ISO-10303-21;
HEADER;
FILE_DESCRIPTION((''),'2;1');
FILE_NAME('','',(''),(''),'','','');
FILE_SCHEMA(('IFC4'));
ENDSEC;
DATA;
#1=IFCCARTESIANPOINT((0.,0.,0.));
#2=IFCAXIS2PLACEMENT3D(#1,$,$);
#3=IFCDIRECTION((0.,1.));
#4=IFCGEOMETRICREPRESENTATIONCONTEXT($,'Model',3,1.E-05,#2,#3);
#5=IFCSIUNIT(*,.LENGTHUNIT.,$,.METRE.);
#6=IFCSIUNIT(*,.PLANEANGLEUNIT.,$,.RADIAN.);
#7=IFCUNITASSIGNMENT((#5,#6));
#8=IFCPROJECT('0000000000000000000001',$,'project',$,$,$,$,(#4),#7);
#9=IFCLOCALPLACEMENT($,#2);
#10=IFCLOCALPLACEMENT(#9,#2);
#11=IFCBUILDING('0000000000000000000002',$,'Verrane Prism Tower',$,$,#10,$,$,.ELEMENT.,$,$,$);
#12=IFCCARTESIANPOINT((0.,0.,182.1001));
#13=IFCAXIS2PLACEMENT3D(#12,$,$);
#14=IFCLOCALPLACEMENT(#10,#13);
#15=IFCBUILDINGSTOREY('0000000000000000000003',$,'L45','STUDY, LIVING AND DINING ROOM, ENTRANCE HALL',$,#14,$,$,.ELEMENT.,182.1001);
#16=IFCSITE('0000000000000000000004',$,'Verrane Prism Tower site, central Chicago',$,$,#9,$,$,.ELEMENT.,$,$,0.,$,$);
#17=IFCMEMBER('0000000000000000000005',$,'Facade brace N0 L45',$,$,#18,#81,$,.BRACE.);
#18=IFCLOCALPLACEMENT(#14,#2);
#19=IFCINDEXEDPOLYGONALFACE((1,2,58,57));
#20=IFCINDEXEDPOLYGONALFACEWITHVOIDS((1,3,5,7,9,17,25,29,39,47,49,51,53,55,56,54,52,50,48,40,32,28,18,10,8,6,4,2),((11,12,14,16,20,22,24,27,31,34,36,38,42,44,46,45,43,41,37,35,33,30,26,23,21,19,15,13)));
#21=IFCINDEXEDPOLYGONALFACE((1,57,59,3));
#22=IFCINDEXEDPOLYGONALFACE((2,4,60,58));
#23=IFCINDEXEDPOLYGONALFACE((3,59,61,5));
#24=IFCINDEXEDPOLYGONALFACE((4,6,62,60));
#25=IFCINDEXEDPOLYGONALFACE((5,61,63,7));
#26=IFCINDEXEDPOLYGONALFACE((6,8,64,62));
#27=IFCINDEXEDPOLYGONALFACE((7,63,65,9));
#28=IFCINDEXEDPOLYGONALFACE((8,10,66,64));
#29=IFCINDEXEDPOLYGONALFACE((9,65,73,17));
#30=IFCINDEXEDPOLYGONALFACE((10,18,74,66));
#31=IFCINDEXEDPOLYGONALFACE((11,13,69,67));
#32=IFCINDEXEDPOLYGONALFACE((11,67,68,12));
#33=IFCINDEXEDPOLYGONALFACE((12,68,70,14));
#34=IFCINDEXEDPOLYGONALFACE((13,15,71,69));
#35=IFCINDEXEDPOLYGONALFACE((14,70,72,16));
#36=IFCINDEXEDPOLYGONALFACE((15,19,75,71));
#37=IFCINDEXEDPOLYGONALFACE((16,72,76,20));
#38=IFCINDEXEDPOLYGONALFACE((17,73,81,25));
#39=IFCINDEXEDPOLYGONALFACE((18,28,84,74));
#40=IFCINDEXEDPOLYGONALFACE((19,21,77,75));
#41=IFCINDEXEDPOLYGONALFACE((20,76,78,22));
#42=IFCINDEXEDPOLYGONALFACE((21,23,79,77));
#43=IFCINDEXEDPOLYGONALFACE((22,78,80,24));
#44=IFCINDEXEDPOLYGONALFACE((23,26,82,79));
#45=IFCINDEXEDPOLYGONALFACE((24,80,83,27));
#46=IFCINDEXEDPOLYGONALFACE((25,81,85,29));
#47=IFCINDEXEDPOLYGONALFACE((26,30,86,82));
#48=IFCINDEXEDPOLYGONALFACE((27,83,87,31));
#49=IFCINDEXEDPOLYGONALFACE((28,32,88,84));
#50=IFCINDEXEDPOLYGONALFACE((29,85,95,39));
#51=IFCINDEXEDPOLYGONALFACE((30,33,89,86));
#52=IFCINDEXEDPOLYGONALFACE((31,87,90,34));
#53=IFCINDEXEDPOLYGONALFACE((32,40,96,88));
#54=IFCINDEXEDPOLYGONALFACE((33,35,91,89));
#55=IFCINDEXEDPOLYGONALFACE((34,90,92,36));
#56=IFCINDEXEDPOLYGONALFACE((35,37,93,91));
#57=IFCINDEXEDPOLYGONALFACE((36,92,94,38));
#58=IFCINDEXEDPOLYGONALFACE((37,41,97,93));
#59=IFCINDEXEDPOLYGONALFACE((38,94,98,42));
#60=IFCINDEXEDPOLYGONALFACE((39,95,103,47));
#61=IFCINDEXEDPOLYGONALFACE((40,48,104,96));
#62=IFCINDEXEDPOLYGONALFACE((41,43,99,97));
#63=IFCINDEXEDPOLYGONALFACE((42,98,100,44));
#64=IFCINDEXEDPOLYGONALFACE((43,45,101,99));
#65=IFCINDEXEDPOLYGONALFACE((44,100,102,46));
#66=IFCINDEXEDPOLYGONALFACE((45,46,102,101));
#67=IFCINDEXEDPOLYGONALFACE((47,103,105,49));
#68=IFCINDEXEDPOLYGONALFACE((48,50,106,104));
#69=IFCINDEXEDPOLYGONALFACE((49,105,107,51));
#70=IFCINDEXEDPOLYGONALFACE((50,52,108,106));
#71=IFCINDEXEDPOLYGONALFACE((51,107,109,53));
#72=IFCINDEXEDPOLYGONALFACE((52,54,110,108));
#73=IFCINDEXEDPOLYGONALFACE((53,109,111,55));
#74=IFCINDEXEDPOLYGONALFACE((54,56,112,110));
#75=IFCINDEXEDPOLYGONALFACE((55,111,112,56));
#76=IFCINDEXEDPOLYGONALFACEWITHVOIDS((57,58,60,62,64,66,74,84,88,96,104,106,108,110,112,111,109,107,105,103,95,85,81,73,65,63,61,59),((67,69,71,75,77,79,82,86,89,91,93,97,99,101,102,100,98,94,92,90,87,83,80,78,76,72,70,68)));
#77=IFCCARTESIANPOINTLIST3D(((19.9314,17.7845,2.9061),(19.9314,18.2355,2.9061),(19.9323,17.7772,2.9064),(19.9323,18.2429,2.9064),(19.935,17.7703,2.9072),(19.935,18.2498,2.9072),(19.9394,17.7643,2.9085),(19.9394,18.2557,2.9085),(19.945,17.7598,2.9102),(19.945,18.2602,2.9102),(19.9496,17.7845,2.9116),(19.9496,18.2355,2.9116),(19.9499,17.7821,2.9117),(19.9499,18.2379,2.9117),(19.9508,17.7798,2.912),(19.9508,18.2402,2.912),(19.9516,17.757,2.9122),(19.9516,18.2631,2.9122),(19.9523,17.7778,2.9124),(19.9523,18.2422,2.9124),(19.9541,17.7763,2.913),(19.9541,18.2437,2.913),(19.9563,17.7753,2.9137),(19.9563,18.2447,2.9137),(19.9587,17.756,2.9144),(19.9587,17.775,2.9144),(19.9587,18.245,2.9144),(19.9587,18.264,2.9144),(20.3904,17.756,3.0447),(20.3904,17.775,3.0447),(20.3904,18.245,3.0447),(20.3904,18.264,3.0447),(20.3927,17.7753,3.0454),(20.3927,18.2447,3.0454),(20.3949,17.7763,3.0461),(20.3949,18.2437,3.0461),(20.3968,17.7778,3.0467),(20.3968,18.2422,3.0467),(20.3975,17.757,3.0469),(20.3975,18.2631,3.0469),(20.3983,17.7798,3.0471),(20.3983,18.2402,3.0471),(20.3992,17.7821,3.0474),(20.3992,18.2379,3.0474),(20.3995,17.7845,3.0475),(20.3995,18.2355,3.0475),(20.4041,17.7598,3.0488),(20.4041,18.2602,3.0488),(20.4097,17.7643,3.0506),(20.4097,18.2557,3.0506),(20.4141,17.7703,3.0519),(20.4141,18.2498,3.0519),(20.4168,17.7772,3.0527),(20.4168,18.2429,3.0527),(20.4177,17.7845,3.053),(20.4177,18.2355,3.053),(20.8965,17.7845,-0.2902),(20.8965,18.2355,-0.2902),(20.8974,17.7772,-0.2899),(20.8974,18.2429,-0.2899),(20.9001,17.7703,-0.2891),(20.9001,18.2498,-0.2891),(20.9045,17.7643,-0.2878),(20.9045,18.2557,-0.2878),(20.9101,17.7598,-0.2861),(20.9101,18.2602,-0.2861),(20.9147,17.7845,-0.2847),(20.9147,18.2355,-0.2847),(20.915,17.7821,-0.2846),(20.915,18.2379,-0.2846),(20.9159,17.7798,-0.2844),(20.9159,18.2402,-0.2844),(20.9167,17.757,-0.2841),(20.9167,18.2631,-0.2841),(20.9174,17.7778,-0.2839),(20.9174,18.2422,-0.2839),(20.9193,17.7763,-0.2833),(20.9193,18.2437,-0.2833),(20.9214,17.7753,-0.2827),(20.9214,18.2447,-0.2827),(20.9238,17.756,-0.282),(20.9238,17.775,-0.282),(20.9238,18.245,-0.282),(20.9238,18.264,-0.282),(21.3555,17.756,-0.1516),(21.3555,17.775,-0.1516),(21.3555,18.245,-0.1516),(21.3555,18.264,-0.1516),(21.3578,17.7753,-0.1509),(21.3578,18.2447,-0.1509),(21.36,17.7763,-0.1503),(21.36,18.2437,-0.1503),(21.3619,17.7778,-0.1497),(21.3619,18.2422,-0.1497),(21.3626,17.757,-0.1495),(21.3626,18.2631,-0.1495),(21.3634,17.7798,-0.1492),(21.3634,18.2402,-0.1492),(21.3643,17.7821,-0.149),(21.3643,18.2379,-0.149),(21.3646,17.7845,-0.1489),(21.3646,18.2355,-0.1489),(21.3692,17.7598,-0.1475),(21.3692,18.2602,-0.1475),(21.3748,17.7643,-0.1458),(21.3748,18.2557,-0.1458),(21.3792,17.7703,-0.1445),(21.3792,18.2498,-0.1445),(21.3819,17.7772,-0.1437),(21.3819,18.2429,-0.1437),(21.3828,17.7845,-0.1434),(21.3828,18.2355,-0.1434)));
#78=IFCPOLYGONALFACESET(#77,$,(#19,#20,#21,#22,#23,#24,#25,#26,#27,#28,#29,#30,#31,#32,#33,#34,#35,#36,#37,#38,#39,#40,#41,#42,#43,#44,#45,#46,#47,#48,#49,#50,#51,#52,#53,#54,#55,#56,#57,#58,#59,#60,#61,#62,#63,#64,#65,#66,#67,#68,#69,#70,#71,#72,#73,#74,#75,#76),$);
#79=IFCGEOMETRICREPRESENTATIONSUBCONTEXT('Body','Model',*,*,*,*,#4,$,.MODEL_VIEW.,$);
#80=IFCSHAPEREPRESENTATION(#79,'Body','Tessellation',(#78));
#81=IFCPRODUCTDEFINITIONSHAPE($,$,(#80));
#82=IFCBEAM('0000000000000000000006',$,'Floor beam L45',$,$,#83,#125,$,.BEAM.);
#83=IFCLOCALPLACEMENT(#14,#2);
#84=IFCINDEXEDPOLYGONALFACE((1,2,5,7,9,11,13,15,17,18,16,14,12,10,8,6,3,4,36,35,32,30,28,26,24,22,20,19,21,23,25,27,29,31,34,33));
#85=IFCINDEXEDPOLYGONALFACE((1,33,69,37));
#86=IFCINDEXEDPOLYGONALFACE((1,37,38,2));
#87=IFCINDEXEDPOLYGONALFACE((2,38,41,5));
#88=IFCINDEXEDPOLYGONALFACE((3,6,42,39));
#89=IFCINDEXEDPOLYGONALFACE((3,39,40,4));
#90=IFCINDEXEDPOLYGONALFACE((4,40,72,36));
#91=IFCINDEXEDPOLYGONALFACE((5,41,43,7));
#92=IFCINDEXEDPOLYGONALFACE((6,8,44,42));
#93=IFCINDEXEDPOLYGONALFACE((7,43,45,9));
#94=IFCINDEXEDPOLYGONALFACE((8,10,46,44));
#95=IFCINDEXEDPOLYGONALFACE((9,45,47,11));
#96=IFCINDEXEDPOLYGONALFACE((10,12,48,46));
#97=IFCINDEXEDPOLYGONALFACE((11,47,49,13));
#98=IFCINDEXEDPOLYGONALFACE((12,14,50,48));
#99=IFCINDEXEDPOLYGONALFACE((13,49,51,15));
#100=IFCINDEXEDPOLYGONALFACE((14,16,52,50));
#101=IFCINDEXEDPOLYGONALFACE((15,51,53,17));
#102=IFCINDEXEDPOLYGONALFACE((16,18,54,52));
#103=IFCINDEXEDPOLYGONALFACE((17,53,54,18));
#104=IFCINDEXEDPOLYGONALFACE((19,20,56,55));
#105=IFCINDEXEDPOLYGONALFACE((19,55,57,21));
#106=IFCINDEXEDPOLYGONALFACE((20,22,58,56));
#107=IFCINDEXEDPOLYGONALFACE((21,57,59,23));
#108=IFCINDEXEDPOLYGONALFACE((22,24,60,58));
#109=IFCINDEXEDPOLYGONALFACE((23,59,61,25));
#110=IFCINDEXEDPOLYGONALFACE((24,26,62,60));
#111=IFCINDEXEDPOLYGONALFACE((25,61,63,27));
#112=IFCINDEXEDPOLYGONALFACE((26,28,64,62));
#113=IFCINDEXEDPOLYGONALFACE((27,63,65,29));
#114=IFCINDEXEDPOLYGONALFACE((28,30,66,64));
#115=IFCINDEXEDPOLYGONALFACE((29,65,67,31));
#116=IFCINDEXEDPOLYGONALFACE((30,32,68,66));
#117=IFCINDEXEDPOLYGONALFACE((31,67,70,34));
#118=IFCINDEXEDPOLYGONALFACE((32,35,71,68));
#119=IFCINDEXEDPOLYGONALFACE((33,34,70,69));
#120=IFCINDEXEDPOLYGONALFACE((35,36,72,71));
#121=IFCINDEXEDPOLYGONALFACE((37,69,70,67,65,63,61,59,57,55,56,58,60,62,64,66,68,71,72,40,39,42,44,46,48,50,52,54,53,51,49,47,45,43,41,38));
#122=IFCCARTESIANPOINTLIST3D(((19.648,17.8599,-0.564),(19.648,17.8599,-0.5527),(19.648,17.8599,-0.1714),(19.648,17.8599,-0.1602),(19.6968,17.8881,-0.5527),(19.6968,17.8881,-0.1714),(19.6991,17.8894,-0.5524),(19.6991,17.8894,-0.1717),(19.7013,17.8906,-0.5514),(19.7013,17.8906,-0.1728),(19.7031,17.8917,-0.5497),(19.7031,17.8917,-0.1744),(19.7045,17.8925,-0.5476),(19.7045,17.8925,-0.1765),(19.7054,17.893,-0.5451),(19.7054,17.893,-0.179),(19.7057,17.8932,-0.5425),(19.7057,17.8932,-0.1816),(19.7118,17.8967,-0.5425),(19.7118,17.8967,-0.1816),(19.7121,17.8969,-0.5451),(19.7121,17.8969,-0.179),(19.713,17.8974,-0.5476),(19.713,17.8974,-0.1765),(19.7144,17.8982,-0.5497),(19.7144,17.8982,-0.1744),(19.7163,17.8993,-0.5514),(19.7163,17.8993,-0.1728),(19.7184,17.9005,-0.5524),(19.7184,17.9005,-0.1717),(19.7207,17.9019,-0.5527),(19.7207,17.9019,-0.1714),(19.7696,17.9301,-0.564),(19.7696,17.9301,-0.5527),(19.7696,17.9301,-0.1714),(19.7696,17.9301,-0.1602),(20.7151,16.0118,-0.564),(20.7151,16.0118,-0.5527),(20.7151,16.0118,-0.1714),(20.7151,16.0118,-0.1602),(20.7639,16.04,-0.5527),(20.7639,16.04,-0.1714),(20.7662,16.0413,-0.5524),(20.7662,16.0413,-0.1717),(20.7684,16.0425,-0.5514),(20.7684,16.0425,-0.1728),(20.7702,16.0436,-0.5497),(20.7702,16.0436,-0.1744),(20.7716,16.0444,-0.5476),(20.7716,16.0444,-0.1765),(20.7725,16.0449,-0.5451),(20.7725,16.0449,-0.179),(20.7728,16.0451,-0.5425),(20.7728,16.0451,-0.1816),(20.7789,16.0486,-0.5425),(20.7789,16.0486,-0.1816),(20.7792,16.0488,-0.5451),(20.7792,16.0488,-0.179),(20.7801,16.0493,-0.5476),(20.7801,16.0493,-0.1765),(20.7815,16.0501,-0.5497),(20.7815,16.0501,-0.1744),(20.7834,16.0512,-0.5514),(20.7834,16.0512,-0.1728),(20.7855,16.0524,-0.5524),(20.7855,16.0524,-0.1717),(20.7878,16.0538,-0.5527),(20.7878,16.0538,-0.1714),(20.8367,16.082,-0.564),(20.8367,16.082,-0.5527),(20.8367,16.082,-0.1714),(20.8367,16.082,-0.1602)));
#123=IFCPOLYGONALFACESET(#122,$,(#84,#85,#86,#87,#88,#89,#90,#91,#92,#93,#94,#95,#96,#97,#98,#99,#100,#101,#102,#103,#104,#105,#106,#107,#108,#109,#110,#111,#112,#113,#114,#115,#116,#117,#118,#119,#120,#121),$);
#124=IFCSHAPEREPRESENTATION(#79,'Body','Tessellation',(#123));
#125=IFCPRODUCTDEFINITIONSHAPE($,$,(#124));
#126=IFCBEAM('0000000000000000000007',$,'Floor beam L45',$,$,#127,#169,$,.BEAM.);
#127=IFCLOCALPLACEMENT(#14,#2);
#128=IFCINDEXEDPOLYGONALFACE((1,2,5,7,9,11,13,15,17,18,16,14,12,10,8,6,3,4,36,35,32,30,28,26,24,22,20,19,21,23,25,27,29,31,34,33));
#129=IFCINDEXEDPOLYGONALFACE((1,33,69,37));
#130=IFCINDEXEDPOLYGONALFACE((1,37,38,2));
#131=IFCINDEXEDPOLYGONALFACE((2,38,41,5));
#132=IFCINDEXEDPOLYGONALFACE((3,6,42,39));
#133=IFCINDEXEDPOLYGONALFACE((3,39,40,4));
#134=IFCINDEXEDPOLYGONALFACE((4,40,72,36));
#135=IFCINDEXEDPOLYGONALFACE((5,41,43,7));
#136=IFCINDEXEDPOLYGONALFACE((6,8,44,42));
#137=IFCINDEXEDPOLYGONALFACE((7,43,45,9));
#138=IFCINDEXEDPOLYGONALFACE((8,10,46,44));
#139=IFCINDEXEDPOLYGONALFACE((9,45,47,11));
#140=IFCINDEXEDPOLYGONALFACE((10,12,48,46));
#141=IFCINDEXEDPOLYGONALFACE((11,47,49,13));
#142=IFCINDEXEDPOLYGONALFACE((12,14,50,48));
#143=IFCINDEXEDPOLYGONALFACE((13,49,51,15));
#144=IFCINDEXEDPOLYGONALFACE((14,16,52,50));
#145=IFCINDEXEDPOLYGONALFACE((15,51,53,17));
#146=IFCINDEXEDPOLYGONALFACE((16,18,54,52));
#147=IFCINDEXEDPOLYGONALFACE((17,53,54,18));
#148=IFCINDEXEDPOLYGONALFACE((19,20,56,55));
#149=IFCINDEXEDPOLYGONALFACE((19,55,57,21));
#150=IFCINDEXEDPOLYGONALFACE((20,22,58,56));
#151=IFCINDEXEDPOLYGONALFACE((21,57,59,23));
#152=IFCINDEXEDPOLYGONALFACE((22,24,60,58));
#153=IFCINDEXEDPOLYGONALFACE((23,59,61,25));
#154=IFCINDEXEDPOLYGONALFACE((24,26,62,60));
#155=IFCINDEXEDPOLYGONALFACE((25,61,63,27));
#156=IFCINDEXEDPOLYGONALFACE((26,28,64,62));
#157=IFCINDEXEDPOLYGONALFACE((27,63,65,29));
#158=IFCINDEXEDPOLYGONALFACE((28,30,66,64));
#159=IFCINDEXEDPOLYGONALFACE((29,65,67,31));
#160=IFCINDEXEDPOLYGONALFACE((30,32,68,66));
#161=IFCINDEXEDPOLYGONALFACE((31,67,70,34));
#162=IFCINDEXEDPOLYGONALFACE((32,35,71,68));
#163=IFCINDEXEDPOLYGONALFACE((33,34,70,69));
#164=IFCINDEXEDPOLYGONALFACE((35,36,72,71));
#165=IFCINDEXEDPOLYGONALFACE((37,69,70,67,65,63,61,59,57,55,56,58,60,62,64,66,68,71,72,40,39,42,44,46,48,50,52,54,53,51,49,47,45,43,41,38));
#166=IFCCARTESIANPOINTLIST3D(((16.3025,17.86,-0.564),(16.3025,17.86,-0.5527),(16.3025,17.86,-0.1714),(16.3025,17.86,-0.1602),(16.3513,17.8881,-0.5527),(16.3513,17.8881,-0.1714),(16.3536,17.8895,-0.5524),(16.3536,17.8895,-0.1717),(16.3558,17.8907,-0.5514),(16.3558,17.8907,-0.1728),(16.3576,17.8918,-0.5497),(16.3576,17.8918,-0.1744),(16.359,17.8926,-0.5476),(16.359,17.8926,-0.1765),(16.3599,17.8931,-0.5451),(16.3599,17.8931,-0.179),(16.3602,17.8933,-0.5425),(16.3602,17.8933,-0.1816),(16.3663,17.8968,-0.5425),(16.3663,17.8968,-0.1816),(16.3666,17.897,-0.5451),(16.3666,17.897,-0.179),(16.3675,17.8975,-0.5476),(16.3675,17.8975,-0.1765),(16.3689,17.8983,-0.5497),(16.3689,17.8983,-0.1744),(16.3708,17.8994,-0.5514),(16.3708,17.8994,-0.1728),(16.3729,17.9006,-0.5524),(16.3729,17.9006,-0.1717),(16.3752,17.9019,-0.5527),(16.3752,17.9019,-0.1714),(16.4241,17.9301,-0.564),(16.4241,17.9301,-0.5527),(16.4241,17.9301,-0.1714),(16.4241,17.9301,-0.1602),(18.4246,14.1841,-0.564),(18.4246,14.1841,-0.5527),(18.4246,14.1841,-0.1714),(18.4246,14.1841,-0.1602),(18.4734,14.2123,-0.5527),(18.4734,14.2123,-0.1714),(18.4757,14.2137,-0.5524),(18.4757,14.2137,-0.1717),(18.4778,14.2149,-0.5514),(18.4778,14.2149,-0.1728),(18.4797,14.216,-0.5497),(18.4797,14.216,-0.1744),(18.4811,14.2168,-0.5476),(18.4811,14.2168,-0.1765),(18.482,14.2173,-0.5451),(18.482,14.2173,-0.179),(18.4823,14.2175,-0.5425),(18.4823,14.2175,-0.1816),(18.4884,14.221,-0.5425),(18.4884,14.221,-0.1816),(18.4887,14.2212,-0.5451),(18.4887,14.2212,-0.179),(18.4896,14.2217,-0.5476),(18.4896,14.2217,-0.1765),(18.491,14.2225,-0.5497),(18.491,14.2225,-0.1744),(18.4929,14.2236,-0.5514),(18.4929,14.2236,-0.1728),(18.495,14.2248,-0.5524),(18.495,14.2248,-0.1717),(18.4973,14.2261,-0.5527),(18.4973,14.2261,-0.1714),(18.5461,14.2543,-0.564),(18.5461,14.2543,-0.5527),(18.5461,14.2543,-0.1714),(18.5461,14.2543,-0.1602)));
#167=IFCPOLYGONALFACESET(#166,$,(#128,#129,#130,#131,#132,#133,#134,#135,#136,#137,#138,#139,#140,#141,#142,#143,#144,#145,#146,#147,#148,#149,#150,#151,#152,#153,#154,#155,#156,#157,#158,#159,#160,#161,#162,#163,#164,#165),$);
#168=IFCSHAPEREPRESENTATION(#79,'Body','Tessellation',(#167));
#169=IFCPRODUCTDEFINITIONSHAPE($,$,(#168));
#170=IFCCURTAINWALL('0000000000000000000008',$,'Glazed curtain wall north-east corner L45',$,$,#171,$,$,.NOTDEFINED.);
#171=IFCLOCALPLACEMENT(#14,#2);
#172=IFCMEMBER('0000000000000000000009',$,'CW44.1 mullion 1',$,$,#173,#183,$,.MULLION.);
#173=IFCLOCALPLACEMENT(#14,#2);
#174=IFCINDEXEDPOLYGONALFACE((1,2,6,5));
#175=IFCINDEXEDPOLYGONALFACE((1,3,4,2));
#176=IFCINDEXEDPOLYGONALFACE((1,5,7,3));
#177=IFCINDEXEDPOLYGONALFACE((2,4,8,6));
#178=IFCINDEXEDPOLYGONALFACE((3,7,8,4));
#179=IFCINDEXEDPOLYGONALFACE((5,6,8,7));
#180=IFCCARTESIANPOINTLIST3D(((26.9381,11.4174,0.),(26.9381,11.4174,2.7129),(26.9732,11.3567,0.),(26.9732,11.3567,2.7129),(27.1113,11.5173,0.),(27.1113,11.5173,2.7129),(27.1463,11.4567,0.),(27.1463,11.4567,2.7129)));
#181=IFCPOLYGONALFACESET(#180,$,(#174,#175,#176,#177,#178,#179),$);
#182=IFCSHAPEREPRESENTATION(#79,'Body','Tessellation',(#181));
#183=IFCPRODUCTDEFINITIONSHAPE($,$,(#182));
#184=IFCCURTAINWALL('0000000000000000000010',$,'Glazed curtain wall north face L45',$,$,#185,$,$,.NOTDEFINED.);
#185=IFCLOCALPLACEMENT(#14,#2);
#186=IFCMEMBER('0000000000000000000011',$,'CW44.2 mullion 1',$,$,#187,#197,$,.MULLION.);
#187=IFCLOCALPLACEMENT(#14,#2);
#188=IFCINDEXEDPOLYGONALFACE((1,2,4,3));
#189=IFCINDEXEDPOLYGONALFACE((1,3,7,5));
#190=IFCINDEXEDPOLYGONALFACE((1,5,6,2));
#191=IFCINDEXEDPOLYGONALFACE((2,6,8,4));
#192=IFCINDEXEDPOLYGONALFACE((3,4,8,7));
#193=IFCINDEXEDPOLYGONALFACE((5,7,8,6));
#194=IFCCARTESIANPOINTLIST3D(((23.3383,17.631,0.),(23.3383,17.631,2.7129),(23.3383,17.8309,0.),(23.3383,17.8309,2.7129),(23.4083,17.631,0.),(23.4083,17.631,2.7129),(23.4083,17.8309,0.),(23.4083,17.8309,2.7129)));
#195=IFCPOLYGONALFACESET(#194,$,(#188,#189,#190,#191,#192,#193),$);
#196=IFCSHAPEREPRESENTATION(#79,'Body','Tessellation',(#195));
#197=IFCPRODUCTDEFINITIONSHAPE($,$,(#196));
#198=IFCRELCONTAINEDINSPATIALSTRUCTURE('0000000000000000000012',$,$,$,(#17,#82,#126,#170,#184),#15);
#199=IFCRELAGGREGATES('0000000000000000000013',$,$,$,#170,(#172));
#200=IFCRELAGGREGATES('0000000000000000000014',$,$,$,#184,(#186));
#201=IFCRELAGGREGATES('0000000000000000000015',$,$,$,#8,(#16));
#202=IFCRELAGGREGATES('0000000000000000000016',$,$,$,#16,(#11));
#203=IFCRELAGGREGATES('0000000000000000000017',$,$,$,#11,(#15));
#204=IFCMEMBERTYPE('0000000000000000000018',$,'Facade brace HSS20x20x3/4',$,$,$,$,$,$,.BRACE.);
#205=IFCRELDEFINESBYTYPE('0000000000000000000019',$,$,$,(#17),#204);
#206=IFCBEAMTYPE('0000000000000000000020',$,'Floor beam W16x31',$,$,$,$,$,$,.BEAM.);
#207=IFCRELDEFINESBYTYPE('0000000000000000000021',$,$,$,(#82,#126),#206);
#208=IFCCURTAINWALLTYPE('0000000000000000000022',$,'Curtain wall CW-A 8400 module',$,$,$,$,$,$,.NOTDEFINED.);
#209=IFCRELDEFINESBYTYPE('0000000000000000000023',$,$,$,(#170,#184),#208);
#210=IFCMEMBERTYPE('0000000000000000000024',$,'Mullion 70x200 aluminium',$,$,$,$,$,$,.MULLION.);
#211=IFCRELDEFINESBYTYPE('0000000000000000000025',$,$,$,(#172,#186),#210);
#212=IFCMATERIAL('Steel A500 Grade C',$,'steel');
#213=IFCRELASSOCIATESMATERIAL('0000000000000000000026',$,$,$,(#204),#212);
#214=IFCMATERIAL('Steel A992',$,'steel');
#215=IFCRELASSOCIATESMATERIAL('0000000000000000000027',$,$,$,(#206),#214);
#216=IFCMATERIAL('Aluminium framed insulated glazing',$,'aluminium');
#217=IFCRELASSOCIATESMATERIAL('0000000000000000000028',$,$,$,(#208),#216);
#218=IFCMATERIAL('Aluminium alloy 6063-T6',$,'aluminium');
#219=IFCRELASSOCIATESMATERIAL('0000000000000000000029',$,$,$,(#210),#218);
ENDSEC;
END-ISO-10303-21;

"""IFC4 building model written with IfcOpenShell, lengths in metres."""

from ifc_helpers import new_model, si_unit, direction, frame, origin, origin_2d, place, context, subcontext, project, spatial, rectangle, hollow_rectangle, i_section, extrude, material, material_profile, profile_set, type_object, element, aggregate, save


model = new_model("IFC4")

# Units and contexts
model_context = context("Model", 3, precision=1e-05, world=origin(), true_north=direction((0.0, 1.0)))
body_context = subcontext(model_context, "Body", "Model", "MODEL_VIEW")
ifc_project = project(units=[si_unit("LENGTHUNIT", "METRE"), si_unit("PLANEANGLEUNIT", "RADIAN")], contexts=[model_context])

# Site, building, storey
site_placement = place(None, origin())
site = spatial("IfcSite", under=ifc_project, at=site_placement, Name="Verrane Prism Tower site, central Chicago", CompositionType="ELEMENT", RefElevation=0.0)
building_placement = place(site_placement, origin())
building = spatial("IfcBuilding", under=site, at=building_placement, Name="Verrane Prism Tower", CompositionType="ELEMENT")
storey_placement = place(building_placement, frame((0.0, 0.0, 182.1001)))
storey = spatial("IfcBuildingStorey", under=building, at=storey_placement, Name="L45", Description="STUDY, LIVING AND DINING ROOM, ENTRANCE HALL", CompositionType="ELEMENT", Elevation=182.1001)

# Member
ifc_material_1 = material(Name="Steel A500 Grade C", Category="steel")
ifc_material_profile_1 = material_profile(ifc_material_1, hollow_rectangle(XDim=0.5081, YDim=0.5081, WallThickness=0.019, InnerFilletRadius=0.0095, OuterFilletRadius=0.0286, at=origin_2d()), Name="HSS20x20x3/4")
ifc_profile_set_1 = profile_set([ifc_material_profile_1], Name="Steel A500 Grade C")
member_type_1 = type_object("IfcMemberType", Name="Facade brace HSS20x20x3/4", PredefinedType="BRACE", material=ifc_profile_set_1)
member_1_placement = place(storey_placement, frame((21.1396, 18.01, -0.2168), z_axis=(-0.289051, 0.0, 0.957314), x_axis=(0.0, -1.0, 0.0)))
element("IfcMember", 1, at=member_1_placement, inside=storey, type_object=member_type_1, Name="Facade brace N0 L45", PredefinedType="BRACE", context=body_context, shape_type="SweptSolid", body=[
    extrude(hollow_rectangle(XDim=0.5081, YDim=0.5081, WallThickness=0.019, InnerFilletRadius=0.0095, OuterFilletRadius=0.0286, at=origin_2d()), origin(), (0.0, 0.0, 1.0), 3.3389),
])

# Beams
ifc_material_2 = material(Name="Steel A992", Category="steel")
ifc_material_profile_2 = material_profile(ifc_material_2, i_section(OverallWidth=0.1404, OverallDepth=0.4038, WebThickness=0.0071, FlangeThickness=0.0112, FilletRadius=0.0103, at=origin_2d()), Name="W16x31")
ifc_profile_set_2 = profile_set([ifc_material_profile_2], Name="Steel A992")
beam_type_1 = type_object("IfcBeamType", Name="Floor beam W16x31", PredefinedType="BEAM", material=ifc_profile_set_2)
beam_1_placement = place(storey_placement, frame((20.7759, 16.0469, -0.3621), z_axis=(-0.500039, 0.866003, 0.0), x_axis=(-0.866003, -0.500039, 0.0)))
element("IfcBeam", 2, at=beam_1_placement, inside=storey, type_object=beam_type_1, Name="Floor beam L45", PredefinedType="BEAM", context=body_context, shape_type="SweptSolid", body=[
    extrude(i_section(OverallWidth=0.1404, OverallDepth=0.4038, WebThickness=0.0071, FlangeThickness=0.0112, FilletRadius=0.0103, at=origin_2d()), origin(), (0.0, 0.0, 1.0), 2.134),
])
beam_2_placement = place(storey_placement, frame((18.4854, 14.2192, -0.3621), z_axis=(-0.499975, 0.86604, 0.0), x_axis=(-0.86604, -0.499975, 0.0)))
element("IfcBeam", 3, at=beam_2_placement, inside=storey, type_object=beam_type_1, Name="Floor beam L45", PredefinedType="BEAM", context=body_context, shape_type="SweptSolid", body=[
    extrude(i_section(OverallWidth=0.1404, OverallDepth=0.4038, WebThickness=0.0071, FlangeThickness=0.0112, FilletRadius=0.0103, at=origin_2d()), origin(), (0.0, 0.0, 1.0), 4.2444),
])

# Curtain wall, member
ifc_material_3 = material(Name="Aluminium framed insulated glazing", Category="aluminium")
curtain_wall_type = type_object("IfcCurtainWallType", Name="Curtain wall CW-A 8400 module", PredefinedType="NOTDEFINED", material=ifc_material_3)
curtain_wall_1_placement = place(storey_placement, origin())
curtain_wall_1 = element("IfcCurtainWall", 4, at=curtain_wall_1_placement, inside=storey, type_object=curtain_wall_type, Name="Glazed curtain wall north-east corner L45", PredefinedType="NOTDEFINED")
ifc_material_4 = material(Name="Aluminium alloy 6063-T6", Category="aluminium")
ifc_material_profile_3 = material_profile(ifc_material_4, rectangle(XDim=0.2, YDim=0.0701, at=origin_2d()), Name="Mullion 70x200 aluminium")
ifc_profile_set_3 = profile_set([ifc_material_profile_3], Name="Aluminium alloy 6063-T6")
member_type_2 = type_object("IfcMemberType", Name="Mullion 70x200 aluminium", PredefinedType="MULLION", material=ifc_profile_set_3)
member_2_placement = place(storey_placement, frame((27.0422, 11.437, 0.0), z_axis=(0.0, 0.0, 1.0), x_axis=(-0.866024, -0.500002, 0.0)))
member_2 = element("IfcMember", 5, at=member_2_placement, type_object=member_type_2, Name="CW44.1 mullion 1", PredefinedType="MULLION", context=body_context, shape_type="SweptSolid", body=[
    extrude(rectangle(XDim=0.2, YDim=0.0701, at=origin_2d()), origin(), (0.0, 0.0, 1.0), 2.7129),
])

# Curtain wall, member
curtain_wall_2_placement = place(storey_placement, origin())
curtain_wall_2 = element("IfcCurtainWall", 6, at=curtain_wall_2_placement, inside=storey, type_object=curtain_wall_type, Name="Glazed curtain wall north face L45", PredefinedType="NOTDEFINED")
member_3_placement = place(storey_placement, frame((23.3733, 17.731, 0.0), z_axis=(0.0, 0.0, 1.0), x_axis=(0.0, -1.0, 0.0)))
member_3 = element("IfcMember", 7, at=member_3_placement, type_object=member_type_2, Name="CW44.2 mullion 1", PredefinedType="MULLION", context=body_context, shape_type="SweptSolid", body=[
    extrude(rectangle(XDim=0.2, YDim=0.0701, at=origin_2d()), origin(), (0.0, 0.0, 1.0), 2.7129),
])

aggregate(curtain_wall_1, [member_2])
aggregate(curtain_wall_2, [member_3])

save(model, "model.ifc")
